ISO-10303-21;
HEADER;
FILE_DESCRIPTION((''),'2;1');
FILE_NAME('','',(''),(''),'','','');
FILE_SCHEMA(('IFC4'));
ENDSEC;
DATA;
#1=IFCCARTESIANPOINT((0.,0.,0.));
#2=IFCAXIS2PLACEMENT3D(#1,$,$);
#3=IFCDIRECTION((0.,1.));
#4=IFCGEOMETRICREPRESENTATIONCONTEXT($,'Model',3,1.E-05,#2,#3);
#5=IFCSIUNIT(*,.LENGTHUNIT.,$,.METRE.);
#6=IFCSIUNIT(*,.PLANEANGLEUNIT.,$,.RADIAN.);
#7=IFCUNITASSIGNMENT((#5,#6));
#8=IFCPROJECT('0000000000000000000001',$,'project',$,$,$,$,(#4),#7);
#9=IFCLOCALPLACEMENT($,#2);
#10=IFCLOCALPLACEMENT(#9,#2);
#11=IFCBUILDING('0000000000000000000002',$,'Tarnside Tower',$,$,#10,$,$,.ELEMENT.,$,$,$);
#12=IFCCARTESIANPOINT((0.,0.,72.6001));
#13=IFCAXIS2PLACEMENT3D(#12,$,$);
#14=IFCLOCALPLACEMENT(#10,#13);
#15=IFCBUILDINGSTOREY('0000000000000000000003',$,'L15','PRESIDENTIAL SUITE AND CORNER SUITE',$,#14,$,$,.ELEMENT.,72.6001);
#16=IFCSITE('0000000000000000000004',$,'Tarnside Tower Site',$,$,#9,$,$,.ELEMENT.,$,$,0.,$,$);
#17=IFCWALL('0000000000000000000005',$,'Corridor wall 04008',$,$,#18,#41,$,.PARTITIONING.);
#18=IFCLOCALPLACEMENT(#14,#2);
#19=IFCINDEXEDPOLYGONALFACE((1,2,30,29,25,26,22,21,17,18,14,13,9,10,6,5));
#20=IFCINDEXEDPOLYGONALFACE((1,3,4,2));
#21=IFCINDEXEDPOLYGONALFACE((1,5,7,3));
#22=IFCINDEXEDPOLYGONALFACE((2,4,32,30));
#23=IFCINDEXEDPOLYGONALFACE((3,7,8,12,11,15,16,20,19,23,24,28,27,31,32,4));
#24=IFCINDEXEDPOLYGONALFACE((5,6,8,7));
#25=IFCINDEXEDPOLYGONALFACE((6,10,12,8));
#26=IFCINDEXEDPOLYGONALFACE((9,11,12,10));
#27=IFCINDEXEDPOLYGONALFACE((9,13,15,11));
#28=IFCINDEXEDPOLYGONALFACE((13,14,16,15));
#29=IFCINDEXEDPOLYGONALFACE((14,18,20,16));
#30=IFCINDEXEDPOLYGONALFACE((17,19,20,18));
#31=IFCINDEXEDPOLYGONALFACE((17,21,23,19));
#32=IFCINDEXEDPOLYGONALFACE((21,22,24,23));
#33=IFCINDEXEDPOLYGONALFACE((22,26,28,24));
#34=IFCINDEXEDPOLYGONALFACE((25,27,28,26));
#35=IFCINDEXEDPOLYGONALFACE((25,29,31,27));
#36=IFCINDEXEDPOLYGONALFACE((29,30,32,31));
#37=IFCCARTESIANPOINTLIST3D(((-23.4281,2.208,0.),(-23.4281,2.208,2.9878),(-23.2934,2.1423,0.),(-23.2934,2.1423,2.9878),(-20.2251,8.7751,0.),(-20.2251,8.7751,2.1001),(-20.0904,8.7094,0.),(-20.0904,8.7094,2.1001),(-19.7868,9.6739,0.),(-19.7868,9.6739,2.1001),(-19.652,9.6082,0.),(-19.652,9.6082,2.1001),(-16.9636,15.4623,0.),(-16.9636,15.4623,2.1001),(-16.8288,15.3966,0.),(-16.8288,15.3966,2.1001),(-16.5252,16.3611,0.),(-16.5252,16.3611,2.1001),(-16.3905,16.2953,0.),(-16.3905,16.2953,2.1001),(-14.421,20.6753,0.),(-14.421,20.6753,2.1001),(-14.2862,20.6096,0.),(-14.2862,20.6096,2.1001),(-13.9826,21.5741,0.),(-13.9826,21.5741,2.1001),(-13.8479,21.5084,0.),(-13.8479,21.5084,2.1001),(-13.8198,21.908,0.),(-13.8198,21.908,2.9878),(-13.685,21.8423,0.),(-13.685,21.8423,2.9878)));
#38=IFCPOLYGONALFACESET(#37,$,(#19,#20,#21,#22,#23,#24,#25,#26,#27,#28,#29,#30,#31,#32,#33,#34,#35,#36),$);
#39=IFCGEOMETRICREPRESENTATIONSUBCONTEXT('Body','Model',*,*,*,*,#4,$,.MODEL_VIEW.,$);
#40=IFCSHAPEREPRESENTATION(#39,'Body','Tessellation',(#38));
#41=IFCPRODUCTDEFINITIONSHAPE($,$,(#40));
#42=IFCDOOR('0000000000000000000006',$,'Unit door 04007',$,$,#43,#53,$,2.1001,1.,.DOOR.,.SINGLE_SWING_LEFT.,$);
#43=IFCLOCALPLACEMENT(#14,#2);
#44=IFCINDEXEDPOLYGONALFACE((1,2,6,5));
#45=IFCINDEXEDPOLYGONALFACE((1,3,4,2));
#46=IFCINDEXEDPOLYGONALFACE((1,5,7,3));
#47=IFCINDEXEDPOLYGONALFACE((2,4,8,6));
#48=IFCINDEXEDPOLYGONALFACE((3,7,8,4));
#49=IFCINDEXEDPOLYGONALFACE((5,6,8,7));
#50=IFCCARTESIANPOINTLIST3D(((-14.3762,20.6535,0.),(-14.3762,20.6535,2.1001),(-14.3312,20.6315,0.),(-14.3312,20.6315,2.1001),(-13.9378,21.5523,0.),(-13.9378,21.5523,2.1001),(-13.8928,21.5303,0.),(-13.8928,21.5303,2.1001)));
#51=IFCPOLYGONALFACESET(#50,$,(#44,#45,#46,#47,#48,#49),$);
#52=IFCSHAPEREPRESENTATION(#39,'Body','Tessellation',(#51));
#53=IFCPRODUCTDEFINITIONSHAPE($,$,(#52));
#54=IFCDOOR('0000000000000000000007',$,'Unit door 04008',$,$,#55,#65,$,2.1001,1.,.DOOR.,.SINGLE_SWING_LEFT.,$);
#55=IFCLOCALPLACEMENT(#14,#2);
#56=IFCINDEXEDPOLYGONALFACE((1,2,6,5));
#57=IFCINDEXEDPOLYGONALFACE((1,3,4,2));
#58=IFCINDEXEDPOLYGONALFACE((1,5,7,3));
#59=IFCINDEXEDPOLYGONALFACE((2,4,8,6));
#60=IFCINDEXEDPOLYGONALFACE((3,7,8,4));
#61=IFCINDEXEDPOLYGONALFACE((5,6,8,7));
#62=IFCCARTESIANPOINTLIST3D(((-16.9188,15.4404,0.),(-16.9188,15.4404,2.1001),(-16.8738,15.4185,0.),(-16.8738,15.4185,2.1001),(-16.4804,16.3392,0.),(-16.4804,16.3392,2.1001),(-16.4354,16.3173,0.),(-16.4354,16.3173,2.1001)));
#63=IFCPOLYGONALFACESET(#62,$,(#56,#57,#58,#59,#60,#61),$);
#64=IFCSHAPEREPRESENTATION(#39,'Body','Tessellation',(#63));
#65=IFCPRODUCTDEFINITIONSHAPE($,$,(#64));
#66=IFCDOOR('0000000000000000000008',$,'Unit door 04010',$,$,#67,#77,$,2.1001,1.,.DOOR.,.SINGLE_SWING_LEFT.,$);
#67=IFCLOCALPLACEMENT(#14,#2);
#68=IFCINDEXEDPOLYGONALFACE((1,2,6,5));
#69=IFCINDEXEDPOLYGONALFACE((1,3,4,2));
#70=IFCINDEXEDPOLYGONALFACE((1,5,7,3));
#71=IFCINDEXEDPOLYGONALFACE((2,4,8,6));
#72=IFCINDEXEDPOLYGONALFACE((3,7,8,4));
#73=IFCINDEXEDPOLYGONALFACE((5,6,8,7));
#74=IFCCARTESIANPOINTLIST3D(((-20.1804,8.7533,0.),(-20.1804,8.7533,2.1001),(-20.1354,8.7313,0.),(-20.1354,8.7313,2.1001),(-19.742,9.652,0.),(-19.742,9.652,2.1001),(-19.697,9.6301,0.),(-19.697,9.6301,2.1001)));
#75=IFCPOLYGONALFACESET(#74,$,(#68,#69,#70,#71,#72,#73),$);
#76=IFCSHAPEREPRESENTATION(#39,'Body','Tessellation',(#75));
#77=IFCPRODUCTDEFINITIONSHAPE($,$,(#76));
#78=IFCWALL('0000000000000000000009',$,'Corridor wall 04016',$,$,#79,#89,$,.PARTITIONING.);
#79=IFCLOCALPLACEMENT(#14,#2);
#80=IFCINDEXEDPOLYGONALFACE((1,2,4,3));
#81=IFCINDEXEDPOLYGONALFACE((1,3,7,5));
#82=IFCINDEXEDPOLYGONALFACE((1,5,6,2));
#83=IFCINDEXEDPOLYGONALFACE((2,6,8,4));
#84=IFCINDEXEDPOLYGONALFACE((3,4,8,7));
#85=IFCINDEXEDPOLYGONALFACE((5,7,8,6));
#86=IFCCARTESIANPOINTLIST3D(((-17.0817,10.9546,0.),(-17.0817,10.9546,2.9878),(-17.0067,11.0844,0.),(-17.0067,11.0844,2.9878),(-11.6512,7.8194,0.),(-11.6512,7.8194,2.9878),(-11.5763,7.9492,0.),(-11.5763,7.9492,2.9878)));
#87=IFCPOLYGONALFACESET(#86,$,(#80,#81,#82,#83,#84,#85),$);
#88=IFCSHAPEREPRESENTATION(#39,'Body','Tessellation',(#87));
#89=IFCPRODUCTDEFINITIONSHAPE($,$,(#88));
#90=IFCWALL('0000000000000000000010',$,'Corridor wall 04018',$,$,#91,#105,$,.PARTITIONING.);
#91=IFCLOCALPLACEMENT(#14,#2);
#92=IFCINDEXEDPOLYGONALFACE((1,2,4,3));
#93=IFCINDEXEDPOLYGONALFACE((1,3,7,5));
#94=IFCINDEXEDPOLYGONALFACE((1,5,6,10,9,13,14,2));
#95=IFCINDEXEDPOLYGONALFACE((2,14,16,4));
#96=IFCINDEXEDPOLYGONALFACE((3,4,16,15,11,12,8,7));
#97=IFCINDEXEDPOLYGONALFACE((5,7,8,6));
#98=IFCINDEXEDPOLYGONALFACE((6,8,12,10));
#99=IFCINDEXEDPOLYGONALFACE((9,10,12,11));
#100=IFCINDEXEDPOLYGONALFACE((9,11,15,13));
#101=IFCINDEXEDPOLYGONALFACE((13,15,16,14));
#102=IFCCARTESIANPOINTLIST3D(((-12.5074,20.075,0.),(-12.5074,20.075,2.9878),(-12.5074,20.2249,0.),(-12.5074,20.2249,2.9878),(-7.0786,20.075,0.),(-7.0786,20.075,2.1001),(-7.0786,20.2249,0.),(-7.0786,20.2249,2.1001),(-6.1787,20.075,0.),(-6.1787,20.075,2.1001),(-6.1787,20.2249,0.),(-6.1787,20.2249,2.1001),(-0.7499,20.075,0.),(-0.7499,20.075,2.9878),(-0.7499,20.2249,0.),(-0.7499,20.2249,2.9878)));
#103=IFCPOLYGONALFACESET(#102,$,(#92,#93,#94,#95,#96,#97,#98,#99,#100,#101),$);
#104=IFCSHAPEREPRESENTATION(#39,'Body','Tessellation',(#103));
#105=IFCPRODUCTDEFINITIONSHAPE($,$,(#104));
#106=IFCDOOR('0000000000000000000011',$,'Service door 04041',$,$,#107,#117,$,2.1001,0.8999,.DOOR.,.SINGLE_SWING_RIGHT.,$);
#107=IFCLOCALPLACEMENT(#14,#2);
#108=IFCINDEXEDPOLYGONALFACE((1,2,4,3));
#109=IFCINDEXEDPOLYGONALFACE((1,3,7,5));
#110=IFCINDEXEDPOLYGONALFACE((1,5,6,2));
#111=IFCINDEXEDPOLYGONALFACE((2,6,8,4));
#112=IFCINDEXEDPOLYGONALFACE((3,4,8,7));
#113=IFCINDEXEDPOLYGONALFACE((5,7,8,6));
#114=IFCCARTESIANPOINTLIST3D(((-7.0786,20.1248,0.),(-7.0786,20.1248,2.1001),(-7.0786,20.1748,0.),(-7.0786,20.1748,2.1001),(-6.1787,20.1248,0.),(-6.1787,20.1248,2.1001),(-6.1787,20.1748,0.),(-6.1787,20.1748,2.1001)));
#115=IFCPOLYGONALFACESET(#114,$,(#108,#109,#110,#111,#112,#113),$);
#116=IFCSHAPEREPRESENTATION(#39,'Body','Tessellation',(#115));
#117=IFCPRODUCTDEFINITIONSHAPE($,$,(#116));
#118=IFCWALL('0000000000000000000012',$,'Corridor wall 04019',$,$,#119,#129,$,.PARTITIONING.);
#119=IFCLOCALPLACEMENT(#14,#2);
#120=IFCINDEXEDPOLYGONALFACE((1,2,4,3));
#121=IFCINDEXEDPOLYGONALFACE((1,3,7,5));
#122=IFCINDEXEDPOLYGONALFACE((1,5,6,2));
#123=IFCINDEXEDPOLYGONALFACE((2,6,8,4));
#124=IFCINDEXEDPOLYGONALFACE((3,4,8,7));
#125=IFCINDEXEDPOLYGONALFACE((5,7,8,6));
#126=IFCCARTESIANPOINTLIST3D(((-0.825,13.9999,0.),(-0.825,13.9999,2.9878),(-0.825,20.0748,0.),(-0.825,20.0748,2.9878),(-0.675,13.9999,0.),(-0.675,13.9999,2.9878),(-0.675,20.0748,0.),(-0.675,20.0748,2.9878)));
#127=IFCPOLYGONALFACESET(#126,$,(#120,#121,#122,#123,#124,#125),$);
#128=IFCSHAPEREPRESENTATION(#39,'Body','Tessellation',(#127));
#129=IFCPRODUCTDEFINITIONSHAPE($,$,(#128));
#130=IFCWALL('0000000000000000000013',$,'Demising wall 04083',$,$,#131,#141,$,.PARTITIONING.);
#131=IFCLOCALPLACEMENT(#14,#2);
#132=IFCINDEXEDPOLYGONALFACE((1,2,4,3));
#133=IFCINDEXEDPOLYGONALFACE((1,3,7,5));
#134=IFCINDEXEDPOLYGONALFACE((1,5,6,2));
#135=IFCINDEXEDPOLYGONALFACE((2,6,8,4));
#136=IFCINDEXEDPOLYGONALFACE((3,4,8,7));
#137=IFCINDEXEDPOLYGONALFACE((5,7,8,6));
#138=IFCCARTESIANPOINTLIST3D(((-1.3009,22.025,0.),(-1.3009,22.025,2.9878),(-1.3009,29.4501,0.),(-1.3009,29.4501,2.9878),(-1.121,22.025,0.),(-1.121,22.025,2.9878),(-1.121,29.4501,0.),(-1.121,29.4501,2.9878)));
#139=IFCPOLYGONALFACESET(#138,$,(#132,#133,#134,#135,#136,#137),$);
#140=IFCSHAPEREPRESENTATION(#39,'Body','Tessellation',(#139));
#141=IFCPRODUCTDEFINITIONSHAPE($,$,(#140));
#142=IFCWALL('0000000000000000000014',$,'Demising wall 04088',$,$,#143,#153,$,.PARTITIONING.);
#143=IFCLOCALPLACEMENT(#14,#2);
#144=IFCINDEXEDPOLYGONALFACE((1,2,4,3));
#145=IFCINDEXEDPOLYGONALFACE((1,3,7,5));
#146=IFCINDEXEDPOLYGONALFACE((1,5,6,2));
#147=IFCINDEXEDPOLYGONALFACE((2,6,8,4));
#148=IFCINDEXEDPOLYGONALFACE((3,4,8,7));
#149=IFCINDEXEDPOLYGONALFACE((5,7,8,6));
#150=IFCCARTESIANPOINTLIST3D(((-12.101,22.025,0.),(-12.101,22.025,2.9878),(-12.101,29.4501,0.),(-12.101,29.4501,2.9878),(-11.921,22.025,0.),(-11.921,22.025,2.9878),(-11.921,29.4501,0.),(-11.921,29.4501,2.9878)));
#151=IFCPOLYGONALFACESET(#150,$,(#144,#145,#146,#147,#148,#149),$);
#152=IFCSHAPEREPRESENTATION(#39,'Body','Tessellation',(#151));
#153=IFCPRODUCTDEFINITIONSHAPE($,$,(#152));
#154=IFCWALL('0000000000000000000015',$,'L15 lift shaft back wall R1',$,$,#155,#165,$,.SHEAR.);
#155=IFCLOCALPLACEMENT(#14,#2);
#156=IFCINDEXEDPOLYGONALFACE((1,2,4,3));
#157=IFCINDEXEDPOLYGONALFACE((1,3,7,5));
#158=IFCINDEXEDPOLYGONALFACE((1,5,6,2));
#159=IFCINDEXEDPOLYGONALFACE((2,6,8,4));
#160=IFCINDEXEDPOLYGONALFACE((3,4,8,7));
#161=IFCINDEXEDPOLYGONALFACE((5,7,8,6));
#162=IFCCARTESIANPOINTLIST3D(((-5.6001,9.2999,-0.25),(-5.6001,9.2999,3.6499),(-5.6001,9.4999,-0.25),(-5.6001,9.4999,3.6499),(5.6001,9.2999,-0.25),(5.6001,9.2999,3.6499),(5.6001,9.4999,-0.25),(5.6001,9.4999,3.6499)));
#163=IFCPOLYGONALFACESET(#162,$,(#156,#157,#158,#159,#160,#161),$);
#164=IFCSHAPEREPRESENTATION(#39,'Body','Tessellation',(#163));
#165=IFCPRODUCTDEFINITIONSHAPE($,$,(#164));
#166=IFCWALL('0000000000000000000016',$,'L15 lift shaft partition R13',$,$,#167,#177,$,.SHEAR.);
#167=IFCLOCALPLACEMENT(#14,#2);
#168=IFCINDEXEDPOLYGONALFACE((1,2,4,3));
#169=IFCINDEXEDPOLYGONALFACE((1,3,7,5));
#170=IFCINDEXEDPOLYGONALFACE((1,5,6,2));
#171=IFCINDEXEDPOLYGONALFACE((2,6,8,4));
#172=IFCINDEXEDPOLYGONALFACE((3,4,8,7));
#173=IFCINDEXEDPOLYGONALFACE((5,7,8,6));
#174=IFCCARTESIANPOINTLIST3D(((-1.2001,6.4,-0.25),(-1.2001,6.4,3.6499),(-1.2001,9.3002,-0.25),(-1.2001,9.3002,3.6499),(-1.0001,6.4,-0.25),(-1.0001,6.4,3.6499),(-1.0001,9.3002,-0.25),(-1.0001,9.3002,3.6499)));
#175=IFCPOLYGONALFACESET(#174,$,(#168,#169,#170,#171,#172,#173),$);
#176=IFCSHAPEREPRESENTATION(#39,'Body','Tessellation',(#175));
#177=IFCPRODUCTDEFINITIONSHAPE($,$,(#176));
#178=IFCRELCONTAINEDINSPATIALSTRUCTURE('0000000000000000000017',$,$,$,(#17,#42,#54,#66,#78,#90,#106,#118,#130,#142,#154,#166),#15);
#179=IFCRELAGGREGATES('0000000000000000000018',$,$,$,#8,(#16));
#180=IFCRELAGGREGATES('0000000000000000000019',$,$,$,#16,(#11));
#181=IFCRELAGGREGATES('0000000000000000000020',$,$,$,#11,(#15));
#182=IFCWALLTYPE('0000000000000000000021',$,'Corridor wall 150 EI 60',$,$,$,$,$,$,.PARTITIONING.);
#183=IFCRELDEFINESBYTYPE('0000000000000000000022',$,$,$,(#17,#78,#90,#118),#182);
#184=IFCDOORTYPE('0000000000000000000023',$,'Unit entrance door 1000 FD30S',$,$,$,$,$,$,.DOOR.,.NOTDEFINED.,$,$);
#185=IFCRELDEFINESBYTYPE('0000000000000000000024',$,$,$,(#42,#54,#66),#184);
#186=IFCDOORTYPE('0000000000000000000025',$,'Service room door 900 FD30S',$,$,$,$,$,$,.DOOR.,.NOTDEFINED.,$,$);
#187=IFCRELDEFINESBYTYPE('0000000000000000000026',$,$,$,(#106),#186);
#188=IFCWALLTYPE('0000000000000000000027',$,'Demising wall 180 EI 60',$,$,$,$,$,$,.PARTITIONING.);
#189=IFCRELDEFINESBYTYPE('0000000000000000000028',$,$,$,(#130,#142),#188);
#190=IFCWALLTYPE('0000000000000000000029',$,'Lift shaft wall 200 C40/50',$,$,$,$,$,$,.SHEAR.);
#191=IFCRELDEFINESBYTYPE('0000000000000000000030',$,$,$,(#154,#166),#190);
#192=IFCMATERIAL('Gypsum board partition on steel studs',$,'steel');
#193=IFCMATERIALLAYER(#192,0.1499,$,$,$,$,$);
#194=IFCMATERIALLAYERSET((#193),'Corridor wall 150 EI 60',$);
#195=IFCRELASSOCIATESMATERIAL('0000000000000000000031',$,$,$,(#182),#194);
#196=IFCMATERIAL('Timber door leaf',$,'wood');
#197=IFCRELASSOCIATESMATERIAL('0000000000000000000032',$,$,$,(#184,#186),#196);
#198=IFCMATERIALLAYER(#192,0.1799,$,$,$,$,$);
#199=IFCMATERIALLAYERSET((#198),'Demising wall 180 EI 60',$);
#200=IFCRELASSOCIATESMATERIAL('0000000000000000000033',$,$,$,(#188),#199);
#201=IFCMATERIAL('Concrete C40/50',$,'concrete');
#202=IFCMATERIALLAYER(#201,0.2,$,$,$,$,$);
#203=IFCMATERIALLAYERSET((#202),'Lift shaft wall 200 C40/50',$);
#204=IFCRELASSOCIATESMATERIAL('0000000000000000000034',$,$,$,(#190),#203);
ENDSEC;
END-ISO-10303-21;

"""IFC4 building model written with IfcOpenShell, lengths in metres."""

from ifc_helpers import new_model, si_unit, direction, frame, frame_2d, origin, place, context, subcontext, project, spatial, rectangle, extrude, material, layer, layer_set, type_object, element, fill, save


model = new_model("IFC4")

# Units and contexts
model_context = context("Model", 3, precision=1e-05, world=origin(), true_north=direction((0.0, 1.0)))
body_context = subcontext(model_context, "Body", "Model", "MODEL_VIEW")
ifc_project = project(units=[si_unit("LENGTHUNIT", "METRE"), si_unit("PLANEANGLEUNIT", "RADIAN")], contexts=[model_context])

# Site, building, storey
site_placement = place(None, origin())
site = spatial("IfcSite", under=ifc_project, at=site_placement, Name="Tarnside Tower Site", CompositionType="ELEMENT", RefElevation=0.0)
building_placement = place(site_placement, origin())
building = spatial("IfcBuilding", under=site, at=building_placement, Name="Tarnside Tower", CompositionType="ELEMENT")
storey_placement = place(building_placement, frame((0.0, 0.0, 72.6001)))
storey = spatial("IfcBuildingStorey", under=building, at=storey_placement, Name="L15", Description="PRESIDENTIAL SUITE AND CORNER SUITE", CompositionType="ELEMENT", Elevation=72.6001)

# Shared definitions
ifc_material_1 = material(Name="Gypsum board partition on steel studs", Category="steel")

# Shared definitions
ifc_material_2 = material(Name="Timber door leaf", Category="wood")

# Wall, openings, doors
ifc_layer_1 = layer(ifc_material_1, 0.1499)
ifc_layer_set_1 = layer_set([ifc_layer_1], Name="Corridor wall 150 EI 60")
wall_type_1 = type_object("IfcWallType", Name="Corridor wall 150 EI 60", PredefinedType="PARTITIONING", material=ifc_layer_set_1)
wall_1_placement = place(storey_placement, frame((-13.7524, 21.875, 0.0), z_axis=(0.0, 0.0, 1.0), x_axis=(-0.438374, -0.898792, 0.0)))
wall_1 = element("IfcWall", 1, at=wall_1_placement, inside=storey, type_object=wall_type_1, Name="Corridor wall 04008", PredefinedType="PARTITIONING", context=body_context, shape_type="SweptSolid", body=[
    extrude(rectangle(XDim=21.9182, YDim=0.1499, at=frame_2d((10.959, 0.0))), origin(), (0.0, 0.0, 1.0), 2.9878),
])
opening_1_placement = place(wall_1_placement, frame((0.3713, 0.0, 0.0)))
opening_1 = element("IfcOpeningElement", 2, at=opening_1_placement, cuts=wall_1, PredefinedType="OPENING", context=body_context, shape_type="SweptSolid", body=[
    extrude(rectangle(XDim=1.0, YDim=2.1001, at=frame_2d((0.5, 1.05))), frame((0.0, 0.085, 0.0), z_axis=(0.0, -1.0, 0.0), x_axis=(1.0, 0.0, 0.0)), (0.0, 0.0, 1.0), 0.1699),
])
opening_2_placement = place(wall_1_placement, frame((6.1714, 0.0, 0.0)))
opening_2 = element("IfcOpeningElement", 3, at=opening_2_placement, cuts=wall_1, PredefinedType="OPENING", context=body_context, shape_type="SweptSolid", body=[
    extrude(rectangle(XDim=1.0, YDim=2.1001, at=frame_2d((0.5, 1.05))), frame((0.0, 0.085, 0.0), z_axis=(0.0, -1.0, 0.0), x_axis=(1.0, 0.0, 0.0)), (0.0, 0.0, 1.0), 0.1699),
])
opening_3_placement = place(wall_1_placement, frame((13.6116, 0.0, 0.0)))
opening_3 = element("IfcOpeningElement", 4, at=opening_3_placement, cuts=wall_1, PredefinedType="OPENING", context=body_context, shape_type="SweptSolid", body=[
    extrude(rectangle(XDim=1.0, YDim=2.1001, at=frame_2d((0.5, 1.05))), frame((0.0, 0.085, 0.0), z_axis=(0.0, -1.0, 0.0), x_axis=(1.0, 0.0, 0.0)), (0.0, 0.0, 1.0), 0.1699),
])
door_type_1 = type_object("IfcDoorType", Name="Unit entrance door 1000 FD30S", OperationType="NOTDEFINED", PredefinedType="DOOR", material=ifc_material_2)
door_1_placement = place(opening_1_placement, origin())
door_1 = element("IfcDoor", 5, at=door_1_placement, inside=storey, type_object=door_type_1, Name="Unit door 04007", OperationType="SINGLE_SWING_LEFT", OverallHeight=2.1001, OverallWidth=1.0, PredefinedType="DOOR", context=body_context, shape_type="SweptSolid", body=[
    extrude(rectangle(XDim=1.0, YDim=2.1001, at=frame_2d((0.5, 1.05))), frame((0.0, 0.0249, 0.0), z_axis=(0.0, -1.0, 0.0), x_axis=(1.0, 0.0, 0.0)), (0.0, 0.0, 1.0), 0.05),
])
fill(opening_1, door_1)
door_2_placement = place(opening_2_placement, origin())
door_2 = element("IfcDoor", 6, at=door_2_placement, inside=storey, type_object=door_type_1, Name="Unit door 04008", OperationType="SINGLE_SWING_LEFT", OverallHeight=2.1001, OverallWidth=1.0, PredefinedType="DOOR", context=body_context, shape_type="SweptSolid", body=[
    extrude(rectangle(XDim=1.0, YDim=2.1001, at=frame_2d((0.5, 1.05))), frame((0.0, 0.0249, 0.0), z_axis=(0.0, -1.0, 0.0), x_axis=(1.0, 0.0, 0.0)), (0.0, 0.0, 1.0), 0.05),
])
fill(opening_2, door_2)
door_3_placement = place(opening_3_placement, origin())
door_3 = element("IfcDoor", 7, at=door_3_placement, inside=storey, type_object=door_type_1, Name="Unit door 04010", OperationType="SINGLE_SWING_LEFT", OverallHeight=2.1001, OverallWidth=1.0, PredefinedType="DOOR", context=body_context, shape_type="SweptSolid", body=[
    extrude(rectangle(XDim=1.0, YDim=2.1001, at=frame_2d((0.5, 1.05))), frame((0.0, 0.0249, 0.0), z_axis=(0.0, -1.0, 0.0), x_axis=(1.0, 0.0, 0.0)), (0.0, 0.0, 1.0), 0.05),
])
fill(opening_3, door_3)

# Wall
wall_2_placement = place(storey_placement, frame((-11.6138, 7.8843, 0.0), z_axis=(0.0, 0.0, 1.0), x_axis=(-0.866025, 0.5, 0.0)))
element("IfcWall", 8, at=wall_2_placement, inside=storey, type_object=wall_type_1, Name="Corridor wall 04016", PredefinedType="PARTITIONING", context=body_context, shape_type="SweptSolid", body=[
    extrude(rectangle(XDim=6.2705, YDim=0.1499, at=frame_2d((3.1353, 0.0))), origin(), (0.0, 0.0, 1.0), 2.9878),
])

# Wall, opening, door
wall_3_placement = place(storey_placement, frame((-12.5076, 20.1499, 0.0), z_axis=(0.0, 0.0, 1.0), x_axis=(1.0, 0.0, 0.0)))
wall_3 = element("IfcWall", 9, at=wall_3_placement, inside=storey, type_object=wall_type_1, Name="Corridor wall 04018", PredefinedType="PARTITIONING", context=body_context, shape_type="SweptSolid", body=[
    extrude(rectangle(XDim=11.7576, YDim=0.1499, at=frame_2d((5.8789, 0.0))), origin(), (0.0, 0.0, 1.0), 2.9878),
])
opening_4_placement = place(wall_3_placement, frame((5.429, 0.0, 0.0)))
opening_4 = element("IfcOpeningElement", 10, at=opening_4_placement, cuts=wall_3, PredefinedType="OPENING", context=body_context, shape_type="SweptSolid", body=[
    extrude(rectangle(XDim=0.8999, YDim=2.1001, at=frame_2d((0.45, 1.05))), frame((0.0, 0.085, 0.0), z_axis=(0.0, -1.0, 0.0), x_axis=(1.0, 0.0, 0.0)), (0.0, 0.0, 1.0), 0.1699),
])
door_type_2 = type_object("IfcDoorType", Name="Service room door 900 FD30S", OperationType="NOTDEFINED", PredefinedType="DOOR", material=ifc_material_2)
door_4_placement = place(opening_4_placement, origin())
door_4 = element("IfcDoor", 11, at=door_4_placement, inside=storey, type_object=door_type_2, Name="Service door 04041", OperationType="SINGLE_SWING_RIGHT", OverallHeight=2.1001, OverallWidth=0.8999, PredefinedType="DOOR", context=body_context, shape_type="SweptSolid", body=[
    extrude(rectangle(XDim=0.8999, YDim=2.1001, at=frame_2d((0.45, 1.05))), frame((0.0, 0.0249, 0.0), z_axis=(0.0, -1.0, 0.0), x_axis=(1.0, 0.0, 0.0)), (0.0, 0.0, 1.0), 0.05),
])
fill(opening_4, door_4)

# Walls
wall_4_placement = place(storey_placement, frame((-0.75, 20.075, 0.0), z_axis=(0.0, 0.0, 1.0), x_axis=(0.0, -1.0, 0.0)))
element("IfcWall", 12, at=wall_4_placement, inside=storey, type_object=wall_type_1, Name="Corridor wall 04019", PredefinedType="PARTITIONING", context=body_context, shape_type="SweptSolid", body=[
    extrude(rectangle(XDim=6.075, YDim=0.1499, at=frame_2d((3.0376, 0.0))), origin(), (0.0, 0.0, 1.0), 2.9878),
])
ifc_layer_2 = layer(ifc_material_1, 0.1799)
ifc_layer_set_2 = layer_set([ifc_layer_2], Name="Demising wall 180 EI 60")
wall_type_2 = type_object("IfcWallType", Name="Demising wall 180 EI 60", PredefinedType="PARTITIONING", material=ifc_layer_set_2)
for number, where, z_axis, x_axis, name in (
    (13, (-1.2109, 29.45, 0.0), (0.0, 0.0, 1.0), (0.0, -1.0, 0.0), "Demising wall 04083"),
    (14, (-12.011, 29.45, 0.0), (0.0, 0.0, 1.0), (0.0, -1.0, 0.0), "Demising wall 04088"),
):
    element("IfcWall", number, at=place(storey_placement, frame(where, z_axis=z_axis, x_axis=x_axis)), inside=storey, type_object=wall_type_2, Name=name, PredefinedType="PARTITIONING", context=body_context, shape_type="SweptSolid", body=[
        extrude(rectangle(XDim=7.425, YDim=0.1799, at=frame_2d((3.7124, 0.0))), origin(), (0.0, 0.0, 1.0), 2.9878),
    ])
ifc_material_3 = material(Name="Concrete C40/50", Category="concrete")
ifc_layer_3 = layer(ifc_material_3, 0.2)
ifc_layer_set_3 = layer_set([ifc_layer_3], Name="Lift shaft wall 200 C40/50")
wall_type_3 = type_object("IfcWallType", Name="Lift shaft wall 200 C40/50", PredefinedType="SHEAR", material=ifc_layer_set_3)
wall_5_placement = place(storey_placement, frame((-5.6001, 9.3999, -0.25), z_axis=(0.0, 0.0, 1.0), x_axis=(1.0, 0.0, 0.0)))
element("IfcWall", 15, at=wall_5_placement, inside=storey, type_object=wall_type_3, Name="L15 lift shaft back wall R1", PredefinedType="SHEAR", context=body_context, shape_type="SweptSolid", body=[
    extrude(rectangle(XDim=11.2002, YDim=0.2, at=frame_2d((5.6001, 0.0))), origin(), (0.0, 0.0, 1.0), 3.8999),
])
wall_6_placement = place(storey_placement, frame((-1.1001, 6.3999, -0.25), z_axis=(0.0, 0.0, 1.0), x_axis=(0.0, 1.0, 0.0)))
element("IfcWall", 16, at=wall_6_placement, inside=storey, type_object=wall_type_3, Name="L15 lift shaft partition R13", PredefinedType="SHEAR", context=body_context, shape_type="SweptSolid", body=[
    extrude(rectangle(XDim=2.9001, YDim=0.2, at=frame_2d((1.4502, 0.0))), origin(), (0.0, 0.0, 1.0), 3.8999),
])

save(model, "model.ifc")
